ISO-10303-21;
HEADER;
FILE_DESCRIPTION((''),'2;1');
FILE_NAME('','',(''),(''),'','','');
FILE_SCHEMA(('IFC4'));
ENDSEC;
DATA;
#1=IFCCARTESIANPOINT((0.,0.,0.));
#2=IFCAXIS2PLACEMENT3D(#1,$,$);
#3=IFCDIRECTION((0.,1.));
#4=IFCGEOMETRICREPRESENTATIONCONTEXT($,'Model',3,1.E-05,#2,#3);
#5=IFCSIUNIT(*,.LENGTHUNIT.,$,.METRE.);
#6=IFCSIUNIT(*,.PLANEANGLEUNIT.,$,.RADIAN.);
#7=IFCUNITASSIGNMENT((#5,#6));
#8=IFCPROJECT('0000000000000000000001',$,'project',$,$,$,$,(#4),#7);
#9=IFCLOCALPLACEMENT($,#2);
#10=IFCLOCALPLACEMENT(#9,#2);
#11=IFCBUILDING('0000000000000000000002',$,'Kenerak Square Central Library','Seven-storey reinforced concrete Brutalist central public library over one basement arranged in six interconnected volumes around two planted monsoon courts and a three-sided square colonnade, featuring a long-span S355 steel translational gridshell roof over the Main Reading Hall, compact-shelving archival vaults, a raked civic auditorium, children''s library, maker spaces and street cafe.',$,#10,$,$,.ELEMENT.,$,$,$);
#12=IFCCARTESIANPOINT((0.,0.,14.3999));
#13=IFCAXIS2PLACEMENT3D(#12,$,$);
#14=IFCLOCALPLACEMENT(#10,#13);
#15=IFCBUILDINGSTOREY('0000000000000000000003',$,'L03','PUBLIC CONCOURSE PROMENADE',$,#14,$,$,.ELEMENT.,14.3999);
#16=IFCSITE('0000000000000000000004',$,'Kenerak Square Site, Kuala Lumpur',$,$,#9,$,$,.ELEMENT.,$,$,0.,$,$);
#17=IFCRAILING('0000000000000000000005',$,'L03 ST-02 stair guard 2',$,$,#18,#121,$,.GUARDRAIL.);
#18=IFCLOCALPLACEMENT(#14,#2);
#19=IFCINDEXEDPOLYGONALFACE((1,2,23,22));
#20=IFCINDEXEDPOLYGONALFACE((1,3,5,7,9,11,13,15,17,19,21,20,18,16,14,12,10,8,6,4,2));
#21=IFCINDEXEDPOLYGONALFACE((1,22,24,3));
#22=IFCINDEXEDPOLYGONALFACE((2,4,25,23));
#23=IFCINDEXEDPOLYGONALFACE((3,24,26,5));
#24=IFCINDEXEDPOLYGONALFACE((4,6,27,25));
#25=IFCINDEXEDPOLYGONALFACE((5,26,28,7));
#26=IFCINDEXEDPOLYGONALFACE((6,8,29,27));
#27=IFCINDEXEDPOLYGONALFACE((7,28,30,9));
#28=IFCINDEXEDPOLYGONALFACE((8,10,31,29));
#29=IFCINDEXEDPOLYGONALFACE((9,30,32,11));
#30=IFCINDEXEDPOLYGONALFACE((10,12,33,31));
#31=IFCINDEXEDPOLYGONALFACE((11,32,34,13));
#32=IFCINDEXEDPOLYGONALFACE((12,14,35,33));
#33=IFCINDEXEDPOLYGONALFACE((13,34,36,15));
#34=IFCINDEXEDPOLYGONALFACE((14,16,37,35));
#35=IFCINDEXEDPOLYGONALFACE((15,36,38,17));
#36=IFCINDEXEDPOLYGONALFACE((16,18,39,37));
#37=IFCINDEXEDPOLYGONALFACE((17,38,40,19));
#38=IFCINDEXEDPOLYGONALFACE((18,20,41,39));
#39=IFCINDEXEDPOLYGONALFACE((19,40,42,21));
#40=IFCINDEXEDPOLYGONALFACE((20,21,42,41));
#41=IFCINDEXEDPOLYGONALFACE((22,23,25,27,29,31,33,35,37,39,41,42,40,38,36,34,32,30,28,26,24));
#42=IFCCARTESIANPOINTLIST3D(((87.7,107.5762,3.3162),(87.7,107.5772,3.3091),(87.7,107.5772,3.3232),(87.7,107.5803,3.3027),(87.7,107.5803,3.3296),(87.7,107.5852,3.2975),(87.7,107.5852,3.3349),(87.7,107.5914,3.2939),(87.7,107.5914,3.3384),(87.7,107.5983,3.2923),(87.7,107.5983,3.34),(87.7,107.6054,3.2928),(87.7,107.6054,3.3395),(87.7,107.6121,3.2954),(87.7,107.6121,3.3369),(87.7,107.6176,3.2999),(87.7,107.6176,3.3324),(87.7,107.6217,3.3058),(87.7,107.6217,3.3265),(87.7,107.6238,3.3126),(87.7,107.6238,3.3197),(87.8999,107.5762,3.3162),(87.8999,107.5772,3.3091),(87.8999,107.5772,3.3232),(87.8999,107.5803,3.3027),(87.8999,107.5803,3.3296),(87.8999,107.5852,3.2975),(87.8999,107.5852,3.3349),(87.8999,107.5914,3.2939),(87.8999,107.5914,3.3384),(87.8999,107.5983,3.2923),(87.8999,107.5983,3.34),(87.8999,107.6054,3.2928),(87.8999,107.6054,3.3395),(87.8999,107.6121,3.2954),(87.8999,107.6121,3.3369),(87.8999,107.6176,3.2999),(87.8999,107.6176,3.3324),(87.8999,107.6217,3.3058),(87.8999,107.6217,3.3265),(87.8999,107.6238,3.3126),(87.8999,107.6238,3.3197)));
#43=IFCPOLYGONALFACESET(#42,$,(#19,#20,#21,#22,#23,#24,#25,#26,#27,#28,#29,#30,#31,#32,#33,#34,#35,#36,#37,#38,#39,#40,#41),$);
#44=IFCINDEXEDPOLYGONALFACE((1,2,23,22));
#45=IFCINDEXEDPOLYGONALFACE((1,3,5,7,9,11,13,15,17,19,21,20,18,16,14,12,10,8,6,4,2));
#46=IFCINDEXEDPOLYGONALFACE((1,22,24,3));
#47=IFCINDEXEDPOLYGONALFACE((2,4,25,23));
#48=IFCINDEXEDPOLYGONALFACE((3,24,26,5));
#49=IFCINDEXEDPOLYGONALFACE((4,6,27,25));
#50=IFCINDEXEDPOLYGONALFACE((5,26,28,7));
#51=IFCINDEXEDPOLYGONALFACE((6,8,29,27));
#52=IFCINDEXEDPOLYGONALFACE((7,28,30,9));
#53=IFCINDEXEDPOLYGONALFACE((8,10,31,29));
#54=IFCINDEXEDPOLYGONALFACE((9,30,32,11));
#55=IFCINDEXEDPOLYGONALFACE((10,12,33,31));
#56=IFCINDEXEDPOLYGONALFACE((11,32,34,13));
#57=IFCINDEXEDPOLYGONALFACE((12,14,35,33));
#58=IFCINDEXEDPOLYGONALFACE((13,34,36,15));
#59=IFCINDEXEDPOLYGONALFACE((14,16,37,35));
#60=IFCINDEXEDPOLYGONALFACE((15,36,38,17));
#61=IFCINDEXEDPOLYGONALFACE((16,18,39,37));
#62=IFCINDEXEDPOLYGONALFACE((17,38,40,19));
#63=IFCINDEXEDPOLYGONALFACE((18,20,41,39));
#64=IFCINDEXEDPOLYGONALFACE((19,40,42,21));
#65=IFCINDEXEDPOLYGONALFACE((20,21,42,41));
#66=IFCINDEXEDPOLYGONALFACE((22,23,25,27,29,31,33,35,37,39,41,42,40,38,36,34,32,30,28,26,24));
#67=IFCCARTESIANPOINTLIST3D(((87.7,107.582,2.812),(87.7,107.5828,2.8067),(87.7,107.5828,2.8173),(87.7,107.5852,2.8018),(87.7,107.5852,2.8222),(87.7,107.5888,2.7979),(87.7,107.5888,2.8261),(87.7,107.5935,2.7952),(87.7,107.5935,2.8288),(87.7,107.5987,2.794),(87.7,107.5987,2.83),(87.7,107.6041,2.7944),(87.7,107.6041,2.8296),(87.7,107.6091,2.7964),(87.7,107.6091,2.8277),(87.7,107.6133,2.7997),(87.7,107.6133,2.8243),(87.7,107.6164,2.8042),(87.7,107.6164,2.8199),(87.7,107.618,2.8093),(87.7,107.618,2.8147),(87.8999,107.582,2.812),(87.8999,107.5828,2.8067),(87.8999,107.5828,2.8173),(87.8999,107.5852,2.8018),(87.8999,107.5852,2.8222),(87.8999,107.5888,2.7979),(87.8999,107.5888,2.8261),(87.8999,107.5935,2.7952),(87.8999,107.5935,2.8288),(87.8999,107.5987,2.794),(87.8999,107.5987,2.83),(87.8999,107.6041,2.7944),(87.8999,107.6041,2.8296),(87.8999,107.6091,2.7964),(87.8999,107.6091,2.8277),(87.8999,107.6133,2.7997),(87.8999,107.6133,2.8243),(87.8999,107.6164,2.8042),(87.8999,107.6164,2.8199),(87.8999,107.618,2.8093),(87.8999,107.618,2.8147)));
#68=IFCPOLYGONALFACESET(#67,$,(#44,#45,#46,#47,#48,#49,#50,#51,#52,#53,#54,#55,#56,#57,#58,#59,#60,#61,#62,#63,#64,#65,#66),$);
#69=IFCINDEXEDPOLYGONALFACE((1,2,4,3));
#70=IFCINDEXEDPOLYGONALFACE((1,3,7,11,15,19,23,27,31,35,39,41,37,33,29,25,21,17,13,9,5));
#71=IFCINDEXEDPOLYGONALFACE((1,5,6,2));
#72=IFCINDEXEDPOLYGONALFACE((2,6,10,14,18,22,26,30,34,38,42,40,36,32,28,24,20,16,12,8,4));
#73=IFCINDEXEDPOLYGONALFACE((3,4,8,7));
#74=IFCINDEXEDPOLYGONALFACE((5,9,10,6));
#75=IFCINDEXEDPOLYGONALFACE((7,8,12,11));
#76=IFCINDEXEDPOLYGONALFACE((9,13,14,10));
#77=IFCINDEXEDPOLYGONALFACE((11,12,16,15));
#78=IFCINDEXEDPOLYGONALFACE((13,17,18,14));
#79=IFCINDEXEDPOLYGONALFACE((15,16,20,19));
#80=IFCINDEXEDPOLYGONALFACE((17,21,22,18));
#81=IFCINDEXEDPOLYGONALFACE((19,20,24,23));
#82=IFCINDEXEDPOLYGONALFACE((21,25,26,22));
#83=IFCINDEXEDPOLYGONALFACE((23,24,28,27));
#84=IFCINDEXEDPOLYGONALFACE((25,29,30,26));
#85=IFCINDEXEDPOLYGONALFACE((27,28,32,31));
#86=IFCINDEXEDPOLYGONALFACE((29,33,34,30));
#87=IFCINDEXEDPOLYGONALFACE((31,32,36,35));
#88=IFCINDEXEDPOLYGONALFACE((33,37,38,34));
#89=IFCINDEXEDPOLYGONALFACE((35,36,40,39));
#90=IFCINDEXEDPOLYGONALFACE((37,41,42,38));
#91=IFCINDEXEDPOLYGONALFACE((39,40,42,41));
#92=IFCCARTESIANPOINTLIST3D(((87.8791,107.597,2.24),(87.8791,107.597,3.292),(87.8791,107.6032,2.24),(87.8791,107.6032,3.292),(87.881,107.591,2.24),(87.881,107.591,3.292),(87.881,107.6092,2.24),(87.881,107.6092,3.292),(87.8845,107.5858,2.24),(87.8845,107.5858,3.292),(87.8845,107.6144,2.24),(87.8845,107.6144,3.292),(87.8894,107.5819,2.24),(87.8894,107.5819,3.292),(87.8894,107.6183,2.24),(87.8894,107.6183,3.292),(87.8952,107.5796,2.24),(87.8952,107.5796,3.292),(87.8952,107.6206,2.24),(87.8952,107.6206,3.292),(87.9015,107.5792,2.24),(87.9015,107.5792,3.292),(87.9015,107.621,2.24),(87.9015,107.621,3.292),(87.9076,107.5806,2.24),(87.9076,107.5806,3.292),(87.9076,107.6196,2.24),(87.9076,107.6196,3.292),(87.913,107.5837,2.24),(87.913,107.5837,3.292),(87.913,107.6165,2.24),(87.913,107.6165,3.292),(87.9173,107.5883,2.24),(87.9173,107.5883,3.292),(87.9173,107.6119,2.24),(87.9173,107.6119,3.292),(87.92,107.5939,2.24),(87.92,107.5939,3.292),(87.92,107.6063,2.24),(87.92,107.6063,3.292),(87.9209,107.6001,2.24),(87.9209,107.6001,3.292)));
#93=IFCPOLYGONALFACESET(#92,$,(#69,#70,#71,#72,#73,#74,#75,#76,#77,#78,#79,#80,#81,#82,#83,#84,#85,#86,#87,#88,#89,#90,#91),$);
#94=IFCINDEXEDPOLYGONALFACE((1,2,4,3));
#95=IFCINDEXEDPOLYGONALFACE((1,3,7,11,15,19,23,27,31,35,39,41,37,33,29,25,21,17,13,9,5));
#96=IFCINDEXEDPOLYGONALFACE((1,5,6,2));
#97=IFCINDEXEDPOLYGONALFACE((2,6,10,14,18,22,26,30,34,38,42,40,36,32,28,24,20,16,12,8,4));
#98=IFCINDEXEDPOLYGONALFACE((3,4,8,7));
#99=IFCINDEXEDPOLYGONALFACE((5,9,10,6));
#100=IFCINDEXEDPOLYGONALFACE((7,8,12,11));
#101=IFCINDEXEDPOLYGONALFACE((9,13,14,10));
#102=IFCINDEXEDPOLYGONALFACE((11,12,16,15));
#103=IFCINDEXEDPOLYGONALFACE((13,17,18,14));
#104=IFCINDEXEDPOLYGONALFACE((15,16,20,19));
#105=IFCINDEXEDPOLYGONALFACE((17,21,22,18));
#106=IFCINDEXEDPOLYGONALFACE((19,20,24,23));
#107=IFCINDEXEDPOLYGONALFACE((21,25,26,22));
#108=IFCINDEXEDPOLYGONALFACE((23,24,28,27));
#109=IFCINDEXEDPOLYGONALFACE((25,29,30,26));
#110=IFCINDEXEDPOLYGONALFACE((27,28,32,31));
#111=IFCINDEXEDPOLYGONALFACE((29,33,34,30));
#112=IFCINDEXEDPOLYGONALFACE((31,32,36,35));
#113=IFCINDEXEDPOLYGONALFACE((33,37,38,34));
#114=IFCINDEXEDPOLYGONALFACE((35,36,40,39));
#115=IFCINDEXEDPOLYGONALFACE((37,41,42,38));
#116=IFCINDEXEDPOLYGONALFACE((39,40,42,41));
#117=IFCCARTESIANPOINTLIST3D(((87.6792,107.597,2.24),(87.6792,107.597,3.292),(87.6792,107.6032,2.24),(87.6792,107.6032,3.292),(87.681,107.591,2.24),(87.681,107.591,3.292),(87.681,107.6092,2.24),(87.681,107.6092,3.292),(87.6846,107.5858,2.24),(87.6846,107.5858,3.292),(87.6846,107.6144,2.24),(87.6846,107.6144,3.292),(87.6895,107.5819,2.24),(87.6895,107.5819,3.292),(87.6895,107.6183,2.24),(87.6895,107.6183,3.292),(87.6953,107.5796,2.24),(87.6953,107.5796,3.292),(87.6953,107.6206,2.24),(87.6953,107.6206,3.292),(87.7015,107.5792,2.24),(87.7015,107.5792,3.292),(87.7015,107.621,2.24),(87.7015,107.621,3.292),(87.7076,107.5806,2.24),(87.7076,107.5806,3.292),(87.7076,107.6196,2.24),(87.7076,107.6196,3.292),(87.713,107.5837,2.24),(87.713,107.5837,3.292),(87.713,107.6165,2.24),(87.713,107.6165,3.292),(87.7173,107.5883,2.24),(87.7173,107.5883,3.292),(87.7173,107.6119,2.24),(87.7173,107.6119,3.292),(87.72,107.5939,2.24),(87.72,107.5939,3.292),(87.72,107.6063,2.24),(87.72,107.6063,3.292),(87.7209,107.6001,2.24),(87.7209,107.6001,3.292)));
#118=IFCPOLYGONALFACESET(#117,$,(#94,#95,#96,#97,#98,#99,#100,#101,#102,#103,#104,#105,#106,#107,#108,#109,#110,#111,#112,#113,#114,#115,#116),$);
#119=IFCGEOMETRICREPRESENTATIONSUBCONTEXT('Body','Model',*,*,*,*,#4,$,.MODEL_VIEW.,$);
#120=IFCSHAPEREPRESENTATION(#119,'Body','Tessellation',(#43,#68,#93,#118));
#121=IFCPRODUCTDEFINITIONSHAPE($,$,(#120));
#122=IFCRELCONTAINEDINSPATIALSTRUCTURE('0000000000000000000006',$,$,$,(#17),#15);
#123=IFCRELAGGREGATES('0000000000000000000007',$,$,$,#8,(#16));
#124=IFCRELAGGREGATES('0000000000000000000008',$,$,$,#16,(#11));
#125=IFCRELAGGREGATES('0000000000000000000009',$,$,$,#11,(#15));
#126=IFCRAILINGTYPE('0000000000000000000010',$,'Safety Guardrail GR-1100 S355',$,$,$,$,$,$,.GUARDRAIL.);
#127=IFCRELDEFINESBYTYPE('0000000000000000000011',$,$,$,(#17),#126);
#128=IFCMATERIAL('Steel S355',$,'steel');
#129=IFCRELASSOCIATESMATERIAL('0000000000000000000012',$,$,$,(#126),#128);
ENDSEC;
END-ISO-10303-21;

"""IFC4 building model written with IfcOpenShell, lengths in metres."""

from ifc_helpers import new_model, si_unit, direction, frame, origin, origin_2d, place, context, subcontext, project, spatial, circle, extrude, material, type_object, element, save


model = new_model("IFC4")

# Units and contexts
model_context = context("Model", 3, precision=1e-05, world=origin(), true_north=direction((0.0, 1.0)))
body_context = subcontext(model_context, "Body", "Model", "MODEL_VIEW")
ifc_project = project(units=[si_unit("LENGTHUNIT", "METRE"), si_unit("PLANEANGLEUNIT", "RADIAN")], contexts=[model_context])

# Site, building, storey
site_placement = place(None, origin())
site = spatial("IfcSite", under=ifc_project, at=site_placement, Name="Kenerak Square Site, Kuala Lumpur", CompositionType="ELEMENT", RefElevation=0.0)
building_placement = place(site_placement, origin())
building = spatial("IfcBuilding", under=site, at=building_placement, Name="Kenerak Square Central Library", Description="Seven-storey reinforced concrete Brutalist central public library over one basement arranged in six interconnected volumes around two planted monsoon courts and a three-sided square colonnade, featuring a long-span S355 steel translational gridshell roof over the Main Reading Hall, compact-shelving archival vaults, a raked civic auditorium, children's library, maker spaces and street cafe.", CompositionType="ELEMENT")
storey_placement = place(building_placement, frame((0.0, 0.0, 14.3999)))
storey = spatial("IfcBuildingStorey", under=building, at=storey_placement, Name="L03", Description="PUBLIC CONCOURSE PROMENADE", CompositionType="ELEMENT", Elevation=14.3999)

# Shared definitions
ifc_material_1 = material(Name="Steel S355", Category="steel")

# Railing
railing_type_1 = type_object("IfcRailingType", Name="Safety Guardrail GR-1100 S355", PredefinedType="GUARDRAIL", material=ifc_material_1)
railing_1_placement = place(storey_placement, frame((87.8999, 107.6001, 2.24)))
element("IfcRailing", 1, at=railing_1_placement, inside=storey, type_object=railing_type_1, Name="L03 ST-02 stair guard 2", PredefinedType="GUARDRAIL", context=body_context, shape_type="SweptSolid", body=[
    extrude(circle(Radius=0.0239, at=origin_2d()), frame((0.0, 0.0, 1.0762), z_axis=(-1.0, 0.0, 0.0), x_axis=(0.0, -1.0, 0.0)), (0.0, 0.0, 1.0), 0.2),
    extrude(circle(Radius=0.0181, at=origin_2d()), frame((0.0, 0.0, 0.572), z_axis=(-1.0, 0.0, 0.0), x_axis=(0.0, -1.0, 0.0)), (0.0, 0.0, 1.0), 0.2),
    extrude(circle(Radius=0.021, at=origin_2d()), origin(), (0.0, 0.0, 1.0), 1.052),
    extrude(circle(Radius=0.021, at=origin_2d()), frame((-0.2, 0.0, 0.0)), (0.0, 0.0, 1.0), 1.052),
])

save(model, "model.ifc")
